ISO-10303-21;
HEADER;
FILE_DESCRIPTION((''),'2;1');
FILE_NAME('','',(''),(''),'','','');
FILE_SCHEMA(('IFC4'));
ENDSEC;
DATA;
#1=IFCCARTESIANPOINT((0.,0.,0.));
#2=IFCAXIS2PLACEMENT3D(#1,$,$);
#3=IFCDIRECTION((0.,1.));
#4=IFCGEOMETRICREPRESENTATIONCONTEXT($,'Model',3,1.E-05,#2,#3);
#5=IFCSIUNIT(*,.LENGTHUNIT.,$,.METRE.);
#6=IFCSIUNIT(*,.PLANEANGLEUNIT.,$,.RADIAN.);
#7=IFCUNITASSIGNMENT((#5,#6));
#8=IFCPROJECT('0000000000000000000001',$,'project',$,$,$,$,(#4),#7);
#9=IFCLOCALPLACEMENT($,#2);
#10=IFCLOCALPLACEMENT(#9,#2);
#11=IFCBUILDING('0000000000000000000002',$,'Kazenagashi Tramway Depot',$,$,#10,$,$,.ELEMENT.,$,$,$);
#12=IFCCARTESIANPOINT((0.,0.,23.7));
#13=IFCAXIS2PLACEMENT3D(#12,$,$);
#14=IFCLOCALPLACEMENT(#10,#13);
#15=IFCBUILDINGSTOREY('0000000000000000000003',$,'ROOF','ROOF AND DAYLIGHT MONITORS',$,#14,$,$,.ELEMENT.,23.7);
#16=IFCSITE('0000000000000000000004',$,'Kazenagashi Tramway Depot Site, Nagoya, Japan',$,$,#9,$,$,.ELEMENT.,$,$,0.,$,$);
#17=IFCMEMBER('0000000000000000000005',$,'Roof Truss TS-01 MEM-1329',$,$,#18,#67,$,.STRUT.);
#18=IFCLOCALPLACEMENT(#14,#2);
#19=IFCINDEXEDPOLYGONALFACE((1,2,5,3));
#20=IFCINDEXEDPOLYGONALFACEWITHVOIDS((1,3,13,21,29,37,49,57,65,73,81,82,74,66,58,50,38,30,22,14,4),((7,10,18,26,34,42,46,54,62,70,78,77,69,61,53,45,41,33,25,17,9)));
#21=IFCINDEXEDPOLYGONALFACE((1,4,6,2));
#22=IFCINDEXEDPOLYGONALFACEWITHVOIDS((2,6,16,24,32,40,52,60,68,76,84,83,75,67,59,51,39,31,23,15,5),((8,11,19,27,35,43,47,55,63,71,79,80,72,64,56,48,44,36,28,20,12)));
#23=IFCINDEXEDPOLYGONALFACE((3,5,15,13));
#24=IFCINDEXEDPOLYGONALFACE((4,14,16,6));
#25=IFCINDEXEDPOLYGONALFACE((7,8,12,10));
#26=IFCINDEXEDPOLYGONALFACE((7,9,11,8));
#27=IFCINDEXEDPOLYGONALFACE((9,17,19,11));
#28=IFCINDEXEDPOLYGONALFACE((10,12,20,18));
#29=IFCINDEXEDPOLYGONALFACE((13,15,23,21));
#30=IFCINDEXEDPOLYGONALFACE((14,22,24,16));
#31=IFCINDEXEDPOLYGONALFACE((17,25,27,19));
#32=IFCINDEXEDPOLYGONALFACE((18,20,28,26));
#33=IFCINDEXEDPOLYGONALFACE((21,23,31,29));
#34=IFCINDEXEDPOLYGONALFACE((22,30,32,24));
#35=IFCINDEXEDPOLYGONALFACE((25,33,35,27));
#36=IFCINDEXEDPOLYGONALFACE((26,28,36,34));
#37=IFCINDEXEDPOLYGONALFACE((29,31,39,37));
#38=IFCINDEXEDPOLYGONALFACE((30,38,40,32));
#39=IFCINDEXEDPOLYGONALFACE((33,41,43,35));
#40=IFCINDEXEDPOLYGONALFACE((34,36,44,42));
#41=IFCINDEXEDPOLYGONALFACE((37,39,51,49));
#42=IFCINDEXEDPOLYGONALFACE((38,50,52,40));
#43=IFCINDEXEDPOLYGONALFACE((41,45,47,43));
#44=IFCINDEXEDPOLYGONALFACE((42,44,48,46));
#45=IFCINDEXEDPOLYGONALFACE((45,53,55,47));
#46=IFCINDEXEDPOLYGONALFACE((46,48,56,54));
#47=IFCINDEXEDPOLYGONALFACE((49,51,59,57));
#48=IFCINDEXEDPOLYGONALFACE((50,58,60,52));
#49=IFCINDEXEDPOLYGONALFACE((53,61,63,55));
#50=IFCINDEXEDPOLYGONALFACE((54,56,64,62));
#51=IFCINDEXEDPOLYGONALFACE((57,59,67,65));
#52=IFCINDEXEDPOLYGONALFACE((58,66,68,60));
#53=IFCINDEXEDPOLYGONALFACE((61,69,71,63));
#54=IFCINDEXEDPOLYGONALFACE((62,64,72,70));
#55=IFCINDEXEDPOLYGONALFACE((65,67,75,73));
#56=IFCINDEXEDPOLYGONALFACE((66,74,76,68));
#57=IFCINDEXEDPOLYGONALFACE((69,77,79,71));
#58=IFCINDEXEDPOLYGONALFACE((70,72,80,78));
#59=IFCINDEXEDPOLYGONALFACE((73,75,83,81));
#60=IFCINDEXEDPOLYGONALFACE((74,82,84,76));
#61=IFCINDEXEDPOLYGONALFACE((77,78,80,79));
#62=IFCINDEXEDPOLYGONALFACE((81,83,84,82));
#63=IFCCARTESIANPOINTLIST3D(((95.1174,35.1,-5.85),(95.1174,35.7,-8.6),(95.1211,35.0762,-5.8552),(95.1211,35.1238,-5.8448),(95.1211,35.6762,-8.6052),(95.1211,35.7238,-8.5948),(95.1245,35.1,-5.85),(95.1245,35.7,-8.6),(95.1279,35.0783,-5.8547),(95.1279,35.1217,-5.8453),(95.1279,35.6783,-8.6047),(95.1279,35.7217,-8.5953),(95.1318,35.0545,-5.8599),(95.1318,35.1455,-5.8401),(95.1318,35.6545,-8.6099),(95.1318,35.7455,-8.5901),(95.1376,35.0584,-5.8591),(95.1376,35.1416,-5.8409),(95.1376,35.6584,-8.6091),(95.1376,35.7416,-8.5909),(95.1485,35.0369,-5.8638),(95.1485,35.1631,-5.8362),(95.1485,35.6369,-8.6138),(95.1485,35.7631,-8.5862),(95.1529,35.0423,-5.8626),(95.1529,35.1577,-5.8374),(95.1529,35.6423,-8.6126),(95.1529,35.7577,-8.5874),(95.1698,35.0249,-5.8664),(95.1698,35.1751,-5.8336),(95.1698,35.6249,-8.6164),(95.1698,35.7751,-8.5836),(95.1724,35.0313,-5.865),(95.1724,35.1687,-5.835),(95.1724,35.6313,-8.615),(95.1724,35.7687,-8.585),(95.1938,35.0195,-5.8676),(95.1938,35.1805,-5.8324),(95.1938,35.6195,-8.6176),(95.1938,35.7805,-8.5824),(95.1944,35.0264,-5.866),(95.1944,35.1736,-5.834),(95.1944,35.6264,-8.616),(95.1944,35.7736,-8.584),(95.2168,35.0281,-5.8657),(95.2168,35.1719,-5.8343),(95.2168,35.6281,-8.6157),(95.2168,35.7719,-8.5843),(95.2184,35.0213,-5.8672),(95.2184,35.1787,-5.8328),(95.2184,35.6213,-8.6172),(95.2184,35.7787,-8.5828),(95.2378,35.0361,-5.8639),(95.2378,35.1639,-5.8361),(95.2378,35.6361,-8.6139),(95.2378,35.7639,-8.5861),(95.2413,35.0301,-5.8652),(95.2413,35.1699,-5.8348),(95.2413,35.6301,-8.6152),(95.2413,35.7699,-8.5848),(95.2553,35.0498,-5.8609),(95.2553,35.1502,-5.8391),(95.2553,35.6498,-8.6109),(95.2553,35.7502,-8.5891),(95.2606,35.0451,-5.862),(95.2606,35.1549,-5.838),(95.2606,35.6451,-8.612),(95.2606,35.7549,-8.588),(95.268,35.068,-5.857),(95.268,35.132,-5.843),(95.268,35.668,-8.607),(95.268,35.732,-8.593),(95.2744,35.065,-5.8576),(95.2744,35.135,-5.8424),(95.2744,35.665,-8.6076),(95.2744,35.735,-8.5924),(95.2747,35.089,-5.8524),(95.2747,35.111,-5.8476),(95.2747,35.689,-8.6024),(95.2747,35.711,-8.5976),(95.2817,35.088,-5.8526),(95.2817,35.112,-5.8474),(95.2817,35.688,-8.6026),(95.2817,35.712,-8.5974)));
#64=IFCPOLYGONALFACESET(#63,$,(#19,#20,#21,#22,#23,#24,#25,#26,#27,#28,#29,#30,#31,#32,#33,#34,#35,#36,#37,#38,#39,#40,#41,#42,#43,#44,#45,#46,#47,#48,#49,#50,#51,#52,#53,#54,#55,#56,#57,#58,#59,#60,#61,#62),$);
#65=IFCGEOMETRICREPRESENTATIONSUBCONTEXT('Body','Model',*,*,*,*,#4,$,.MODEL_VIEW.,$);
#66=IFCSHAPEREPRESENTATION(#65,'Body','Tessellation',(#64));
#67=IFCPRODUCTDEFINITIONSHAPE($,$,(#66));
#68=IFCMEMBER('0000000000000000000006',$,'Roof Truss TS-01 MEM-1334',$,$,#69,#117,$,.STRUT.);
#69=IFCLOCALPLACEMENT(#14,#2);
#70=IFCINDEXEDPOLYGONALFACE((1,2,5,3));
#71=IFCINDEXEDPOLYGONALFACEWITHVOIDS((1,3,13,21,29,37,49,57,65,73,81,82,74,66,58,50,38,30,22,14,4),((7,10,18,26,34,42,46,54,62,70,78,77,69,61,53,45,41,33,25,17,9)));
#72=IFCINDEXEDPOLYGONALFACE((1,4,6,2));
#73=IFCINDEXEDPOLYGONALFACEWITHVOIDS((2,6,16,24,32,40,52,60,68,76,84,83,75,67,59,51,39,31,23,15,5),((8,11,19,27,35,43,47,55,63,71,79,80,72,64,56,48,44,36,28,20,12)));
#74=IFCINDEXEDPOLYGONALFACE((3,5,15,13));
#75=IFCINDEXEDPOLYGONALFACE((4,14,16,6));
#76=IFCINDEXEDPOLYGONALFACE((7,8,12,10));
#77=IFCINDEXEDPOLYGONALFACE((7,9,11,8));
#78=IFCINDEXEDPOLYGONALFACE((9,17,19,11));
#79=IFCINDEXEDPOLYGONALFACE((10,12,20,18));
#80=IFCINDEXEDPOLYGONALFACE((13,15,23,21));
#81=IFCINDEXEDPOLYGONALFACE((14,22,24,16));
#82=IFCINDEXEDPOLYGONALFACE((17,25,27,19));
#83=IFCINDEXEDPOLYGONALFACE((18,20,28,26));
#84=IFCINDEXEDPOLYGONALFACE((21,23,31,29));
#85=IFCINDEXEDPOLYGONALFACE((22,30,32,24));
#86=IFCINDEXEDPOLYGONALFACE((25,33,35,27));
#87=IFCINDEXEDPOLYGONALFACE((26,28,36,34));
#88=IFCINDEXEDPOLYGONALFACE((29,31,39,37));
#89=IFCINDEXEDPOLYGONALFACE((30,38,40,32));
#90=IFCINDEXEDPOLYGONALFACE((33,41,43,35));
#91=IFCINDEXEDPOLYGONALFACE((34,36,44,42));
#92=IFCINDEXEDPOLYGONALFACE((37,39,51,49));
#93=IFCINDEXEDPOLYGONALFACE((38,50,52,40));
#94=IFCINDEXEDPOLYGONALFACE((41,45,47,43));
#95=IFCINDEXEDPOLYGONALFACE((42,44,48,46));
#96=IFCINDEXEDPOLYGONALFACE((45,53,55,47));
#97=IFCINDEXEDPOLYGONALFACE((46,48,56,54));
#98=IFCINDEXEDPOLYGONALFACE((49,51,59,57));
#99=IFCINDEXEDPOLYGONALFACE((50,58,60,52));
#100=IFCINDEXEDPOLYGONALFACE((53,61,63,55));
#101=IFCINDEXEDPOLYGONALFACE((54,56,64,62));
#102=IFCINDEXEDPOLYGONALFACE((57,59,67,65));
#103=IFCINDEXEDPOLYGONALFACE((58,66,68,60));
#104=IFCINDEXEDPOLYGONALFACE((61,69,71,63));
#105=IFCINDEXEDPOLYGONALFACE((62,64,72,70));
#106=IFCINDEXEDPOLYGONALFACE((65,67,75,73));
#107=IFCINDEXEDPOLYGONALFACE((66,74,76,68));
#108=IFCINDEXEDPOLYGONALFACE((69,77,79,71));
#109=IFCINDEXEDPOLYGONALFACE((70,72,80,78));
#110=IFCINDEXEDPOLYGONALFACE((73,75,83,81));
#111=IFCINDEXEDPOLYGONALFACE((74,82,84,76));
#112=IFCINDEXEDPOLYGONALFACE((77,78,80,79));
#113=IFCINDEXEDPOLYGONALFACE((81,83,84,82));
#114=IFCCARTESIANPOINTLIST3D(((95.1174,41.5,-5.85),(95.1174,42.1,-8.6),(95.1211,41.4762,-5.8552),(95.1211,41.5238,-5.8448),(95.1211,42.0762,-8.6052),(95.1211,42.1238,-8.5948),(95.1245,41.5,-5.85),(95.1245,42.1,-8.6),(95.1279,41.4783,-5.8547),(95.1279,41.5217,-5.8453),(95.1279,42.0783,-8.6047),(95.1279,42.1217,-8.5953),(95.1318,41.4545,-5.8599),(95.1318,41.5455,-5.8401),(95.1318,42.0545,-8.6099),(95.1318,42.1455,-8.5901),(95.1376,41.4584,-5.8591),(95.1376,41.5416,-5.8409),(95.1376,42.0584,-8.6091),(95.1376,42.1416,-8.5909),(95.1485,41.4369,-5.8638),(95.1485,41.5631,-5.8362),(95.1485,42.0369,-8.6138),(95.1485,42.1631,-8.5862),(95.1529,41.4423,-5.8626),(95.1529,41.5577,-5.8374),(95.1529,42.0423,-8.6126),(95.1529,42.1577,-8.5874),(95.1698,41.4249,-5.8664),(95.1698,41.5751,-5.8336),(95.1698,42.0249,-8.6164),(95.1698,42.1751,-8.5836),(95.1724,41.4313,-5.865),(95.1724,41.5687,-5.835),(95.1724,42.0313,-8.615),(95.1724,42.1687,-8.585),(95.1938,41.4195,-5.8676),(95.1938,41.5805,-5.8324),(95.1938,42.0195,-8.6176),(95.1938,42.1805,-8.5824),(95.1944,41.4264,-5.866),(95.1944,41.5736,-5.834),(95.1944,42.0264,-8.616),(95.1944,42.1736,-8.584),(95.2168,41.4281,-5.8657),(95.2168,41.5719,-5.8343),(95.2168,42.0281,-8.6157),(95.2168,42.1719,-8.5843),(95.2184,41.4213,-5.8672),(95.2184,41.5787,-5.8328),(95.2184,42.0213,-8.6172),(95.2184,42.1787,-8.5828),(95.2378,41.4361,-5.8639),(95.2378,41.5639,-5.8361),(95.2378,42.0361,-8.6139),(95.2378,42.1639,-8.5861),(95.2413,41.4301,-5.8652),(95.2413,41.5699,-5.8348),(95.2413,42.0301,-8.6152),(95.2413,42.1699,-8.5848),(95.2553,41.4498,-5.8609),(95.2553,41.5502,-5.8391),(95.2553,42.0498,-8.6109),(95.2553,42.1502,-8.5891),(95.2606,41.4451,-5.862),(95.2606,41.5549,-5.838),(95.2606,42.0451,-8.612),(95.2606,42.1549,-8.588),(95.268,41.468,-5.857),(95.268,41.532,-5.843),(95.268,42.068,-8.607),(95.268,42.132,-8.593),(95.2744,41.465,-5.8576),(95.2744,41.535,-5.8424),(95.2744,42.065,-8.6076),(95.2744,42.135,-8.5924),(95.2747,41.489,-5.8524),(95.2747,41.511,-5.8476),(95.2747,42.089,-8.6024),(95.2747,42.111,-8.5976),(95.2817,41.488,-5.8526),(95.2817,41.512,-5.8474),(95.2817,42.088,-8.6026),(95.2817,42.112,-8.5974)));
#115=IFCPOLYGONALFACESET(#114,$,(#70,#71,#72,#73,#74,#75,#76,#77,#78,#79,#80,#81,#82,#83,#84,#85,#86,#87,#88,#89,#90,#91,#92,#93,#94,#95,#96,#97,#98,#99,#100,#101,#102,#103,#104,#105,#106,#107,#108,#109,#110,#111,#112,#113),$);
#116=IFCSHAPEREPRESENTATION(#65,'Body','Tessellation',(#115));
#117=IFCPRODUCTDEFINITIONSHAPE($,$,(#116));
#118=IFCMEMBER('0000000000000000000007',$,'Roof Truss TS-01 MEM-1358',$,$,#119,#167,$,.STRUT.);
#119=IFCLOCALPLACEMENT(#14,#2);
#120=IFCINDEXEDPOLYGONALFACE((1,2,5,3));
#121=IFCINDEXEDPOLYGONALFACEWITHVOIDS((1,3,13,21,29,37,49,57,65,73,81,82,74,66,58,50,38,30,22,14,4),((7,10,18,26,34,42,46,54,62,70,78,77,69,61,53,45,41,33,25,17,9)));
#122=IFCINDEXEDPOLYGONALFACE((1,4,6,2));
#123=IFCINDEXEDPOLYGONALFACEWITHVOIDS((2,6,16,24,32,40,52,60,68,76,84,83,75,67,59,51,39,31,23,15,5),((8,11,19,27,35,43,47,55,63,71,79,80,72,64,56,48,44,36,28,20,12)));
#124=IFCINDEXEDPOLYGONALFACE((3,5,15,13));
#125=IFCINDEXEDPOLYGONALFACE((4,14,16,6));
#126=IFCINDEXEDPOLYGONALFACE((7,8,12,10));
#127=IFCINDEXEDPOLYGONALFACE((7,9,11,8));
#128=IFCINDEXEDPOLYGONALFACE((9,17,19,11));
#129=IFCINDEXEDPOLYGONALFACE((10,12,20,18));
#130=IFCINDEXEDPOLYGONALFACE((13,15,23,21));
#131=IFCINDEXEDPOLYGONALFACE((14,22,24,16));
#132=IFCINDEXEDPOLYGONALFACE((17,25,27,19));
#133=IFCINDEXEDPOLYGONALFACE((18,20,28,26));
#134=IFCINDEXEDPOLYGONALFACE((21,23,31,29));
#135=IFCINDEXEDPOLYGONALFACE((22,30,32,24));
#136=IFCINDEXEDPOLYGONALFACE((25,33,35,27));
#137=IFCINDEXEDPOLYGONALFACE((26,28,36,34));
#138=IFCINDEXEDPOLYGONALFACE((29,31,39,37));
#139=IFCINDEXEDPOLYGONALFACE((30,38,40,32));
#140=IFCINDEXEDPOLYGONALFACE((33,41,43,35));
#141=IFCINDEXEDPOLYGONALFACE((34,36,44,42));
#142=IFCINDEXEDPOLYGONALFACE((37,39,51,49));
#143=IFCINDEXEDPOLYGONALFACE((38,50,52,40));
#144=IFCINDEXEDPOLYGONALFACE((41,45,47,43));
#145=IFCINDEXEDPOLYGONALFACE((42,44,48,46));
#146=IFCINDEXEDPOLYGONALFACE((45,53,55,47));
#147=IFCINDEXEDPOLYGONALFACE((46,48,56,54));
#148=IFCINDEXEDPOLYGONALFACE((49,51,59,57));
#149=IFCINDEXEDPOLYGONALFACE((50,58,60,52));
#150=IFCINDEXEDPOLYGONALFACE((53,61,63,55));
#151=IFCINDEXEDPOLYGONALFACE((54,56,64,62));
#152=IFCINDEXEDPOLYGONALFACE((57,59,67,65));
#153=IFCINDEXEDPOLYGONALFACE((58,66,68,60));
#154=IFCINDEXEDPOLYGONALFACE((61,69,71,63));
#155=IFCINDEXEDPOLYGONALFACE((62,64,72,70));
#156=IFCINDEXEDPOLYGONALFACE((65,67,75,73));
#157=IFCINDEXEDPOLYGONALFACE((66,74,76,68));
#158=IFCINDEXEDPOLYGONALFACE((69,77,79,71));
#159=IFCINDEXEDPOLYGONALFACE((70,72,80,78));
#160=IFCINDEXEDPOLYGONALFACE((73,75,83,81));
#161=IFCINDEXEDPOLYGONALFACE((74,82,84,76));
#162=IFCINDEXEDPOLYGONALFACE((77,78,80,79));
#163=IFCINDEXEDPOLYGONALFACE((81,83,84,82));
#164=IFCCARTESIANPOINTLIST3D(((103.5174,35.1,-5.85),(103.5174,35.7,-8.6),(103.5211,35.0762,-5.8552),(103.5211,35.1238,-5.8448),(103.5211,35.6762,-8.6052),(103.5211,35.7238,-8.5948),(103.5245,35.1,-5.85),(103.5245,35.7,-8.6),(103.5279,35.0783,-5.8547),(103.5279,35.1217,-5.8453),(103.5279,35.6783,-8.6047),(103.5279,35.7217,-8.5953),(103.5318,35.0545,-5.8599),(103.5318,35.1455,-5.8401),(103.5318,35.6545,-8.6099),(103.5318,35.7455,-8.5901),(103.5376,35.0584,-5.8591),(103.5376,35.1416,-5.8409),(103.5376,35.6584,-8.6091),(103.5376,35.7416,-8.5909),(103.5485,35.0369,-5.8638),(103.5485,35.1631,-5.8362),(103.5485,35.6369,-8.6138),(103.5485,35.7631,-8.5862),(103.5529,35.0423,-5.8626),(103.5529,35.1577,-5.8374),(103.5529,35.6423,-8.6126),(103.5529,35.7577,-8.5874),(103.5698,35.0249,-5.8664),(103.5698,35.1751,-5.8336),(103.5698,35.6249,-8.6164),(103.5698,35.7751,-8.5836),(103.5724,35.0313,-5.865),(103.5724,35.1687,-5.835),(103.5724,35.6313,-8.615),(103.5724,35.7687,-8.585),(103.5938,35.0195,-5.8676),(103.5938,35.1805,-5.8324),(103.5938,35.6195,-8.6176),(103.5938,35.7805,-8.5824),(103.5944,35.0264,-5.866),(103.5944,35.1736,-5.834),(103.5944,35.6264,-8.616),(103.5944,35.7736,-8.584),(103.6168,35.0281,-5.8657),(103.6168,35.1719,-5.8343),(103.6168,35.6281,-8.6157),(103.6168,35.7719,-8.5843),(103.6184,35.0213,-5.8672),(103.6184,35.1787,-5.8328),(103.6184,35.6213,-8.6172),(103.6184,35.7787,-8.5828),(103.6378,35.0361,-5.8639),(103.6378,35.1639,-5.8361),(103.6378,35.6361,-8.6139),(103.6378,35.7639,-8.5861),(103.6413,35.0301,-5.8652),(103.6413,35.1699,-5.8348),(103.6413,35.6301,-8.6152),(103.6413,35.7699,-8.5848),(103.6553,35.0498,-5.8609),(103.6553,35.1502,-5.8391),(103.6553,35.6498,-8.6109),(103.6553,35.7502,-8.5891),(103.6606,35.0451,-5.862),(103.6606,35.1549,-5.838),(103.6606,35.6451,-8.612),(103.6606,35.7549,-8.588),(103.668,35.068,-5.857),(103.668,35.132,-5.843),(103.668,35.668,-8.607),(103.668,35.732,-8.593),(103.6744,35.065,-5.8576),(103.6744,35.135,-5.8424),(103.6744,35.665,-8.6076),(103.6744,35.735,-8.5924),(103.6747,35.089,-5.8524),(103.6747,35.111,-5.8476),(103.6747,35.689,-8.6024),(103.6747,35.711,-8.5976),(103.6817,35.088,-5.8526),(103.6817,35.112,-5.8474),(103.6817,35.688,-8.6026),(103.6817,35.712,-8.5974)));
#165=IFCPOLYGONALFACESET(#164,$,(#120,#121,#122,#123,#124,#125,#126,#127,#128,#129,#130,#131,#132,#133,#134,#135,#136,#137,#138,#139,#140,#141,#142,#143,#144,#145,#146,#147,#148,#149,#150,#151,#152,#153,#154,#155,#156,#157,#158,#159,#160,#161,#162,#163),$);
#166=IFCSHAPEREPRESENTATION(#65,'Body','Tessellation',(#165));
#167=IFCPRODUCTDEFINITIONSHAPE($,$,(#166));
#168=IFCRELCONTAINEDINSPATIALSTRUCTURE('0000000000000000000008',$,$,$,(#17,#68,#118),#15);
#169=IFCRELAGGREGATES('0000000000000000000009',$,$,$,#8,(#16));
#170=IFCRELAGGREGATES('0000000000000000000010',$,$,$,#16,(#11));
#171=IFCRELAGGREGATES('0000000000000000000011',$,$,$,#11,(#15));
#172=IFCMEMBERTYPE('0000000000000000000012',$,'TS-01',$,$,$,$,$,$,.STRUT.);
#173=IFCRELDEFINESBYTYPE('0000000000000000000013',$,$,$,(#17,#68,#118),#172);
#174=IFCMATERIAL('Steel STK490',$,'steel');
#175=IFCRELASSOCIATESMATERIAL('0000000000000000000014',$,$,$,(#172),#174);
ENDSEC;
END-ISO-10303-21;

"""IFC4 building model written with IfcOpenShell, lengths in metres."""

from ifc_helpers import new_model, si_unit, direction, frame, origin, origin_2d, place, context, subcontext, project, spatial, hollow_circle, extrude, material, material_profile, profile_set, type_object, element, save


model = new_model("IFC4")

# Units and contexts
model_context = context("Model", 3, precision=1e-05, world=origin(), true_north=direction((0.0, 1.0)))
body_context = subcontext(model_context, "Body", "Model", "MODEL_VIEW")
ifc_project = project(units=[si_unit("LENGTHUNIT", "METRE"), si_unit("PLANEANGLEUNIT", "RADIAN")], contexts=[model_context])

# Site, building, storey
site_placement = place(None, origin())
site = spatial("IfcSite", under=ifc_project, at=site_placement, Name="Kazenagashi Tramway Depot Site, Nagoya, Japan", CompositionType="ELEMENT", RefElevation=0.0)
building_placement = place(site_placement, origin())
building = spatial("IfcBuilding", under=site, at=building_placement, Name="Kazenagashi Tramway Depot", CompositionType="ELEMENT")
storey_placement = place(building_placement, frame((0.0, 0.0, 23.7)))
storey = spatial("IfcBuildingStorey", under=building, at=storey_placement, Name="ROOF", Description="ROOF AND DAYLIGHT MONITORS", CompositionType="ELEMENT", Elevation=23.7)

# Members
ifc_material_1 = material(Name="Steel STK490", Category="steel")
ifc_material_profile_1 = material_profile(ifc_material_1, hollow_circle(Radius=0.0826, WallThickness=0.0071, at=origin_2d()), Name="CHS-165.2x7.1")
ifc_profile_set_1 = profile_set([ifc_material_profile_1], Name="Steel STK490")
member_type_1 = type_object("IfcMemberType", Name="TS-01", PredefinedType="STRUT", material=ifc_profile_set_1)
for number, where, z_axis, x_axis, name in (
    (1, (95.2, 35.1, -5.85), (0.0, 0.213167, -0.977016), (-1.0, 0.0, 0.0), "Roof Truss TS-01 MEM-1329"),
    (2, (95.2, 41.5, -5.85), (0.0, 0.213167, -0.977016), (-1.0, 0.0, 0.0), "Roof Truss TS-01 MEM-1334"),
    (3, (103.6, 35.1, -5.85), (0.0, 0.213167, -0.977016), (-1.0, 0.0, 0.0), "Roof Truss TS-01 MEM-1358"),
):
    element("IfcMember", number, at=place(storey_placement, frame(where, z_axis=z_axis, x_axis=x_axis)), inside=storey, type_object=member_type_1, Name=name, PredefinedType="STRUT", context=body_context, shape_type="SweptSolid", body=[
        extrude(hollow_circle(Radius=0.0826, WallThickness=0.0071, at=origin_2d()), origin(), (0.0, 0.0, 1.0), 2.8147),
    ])

save(model, "model.ifc")
